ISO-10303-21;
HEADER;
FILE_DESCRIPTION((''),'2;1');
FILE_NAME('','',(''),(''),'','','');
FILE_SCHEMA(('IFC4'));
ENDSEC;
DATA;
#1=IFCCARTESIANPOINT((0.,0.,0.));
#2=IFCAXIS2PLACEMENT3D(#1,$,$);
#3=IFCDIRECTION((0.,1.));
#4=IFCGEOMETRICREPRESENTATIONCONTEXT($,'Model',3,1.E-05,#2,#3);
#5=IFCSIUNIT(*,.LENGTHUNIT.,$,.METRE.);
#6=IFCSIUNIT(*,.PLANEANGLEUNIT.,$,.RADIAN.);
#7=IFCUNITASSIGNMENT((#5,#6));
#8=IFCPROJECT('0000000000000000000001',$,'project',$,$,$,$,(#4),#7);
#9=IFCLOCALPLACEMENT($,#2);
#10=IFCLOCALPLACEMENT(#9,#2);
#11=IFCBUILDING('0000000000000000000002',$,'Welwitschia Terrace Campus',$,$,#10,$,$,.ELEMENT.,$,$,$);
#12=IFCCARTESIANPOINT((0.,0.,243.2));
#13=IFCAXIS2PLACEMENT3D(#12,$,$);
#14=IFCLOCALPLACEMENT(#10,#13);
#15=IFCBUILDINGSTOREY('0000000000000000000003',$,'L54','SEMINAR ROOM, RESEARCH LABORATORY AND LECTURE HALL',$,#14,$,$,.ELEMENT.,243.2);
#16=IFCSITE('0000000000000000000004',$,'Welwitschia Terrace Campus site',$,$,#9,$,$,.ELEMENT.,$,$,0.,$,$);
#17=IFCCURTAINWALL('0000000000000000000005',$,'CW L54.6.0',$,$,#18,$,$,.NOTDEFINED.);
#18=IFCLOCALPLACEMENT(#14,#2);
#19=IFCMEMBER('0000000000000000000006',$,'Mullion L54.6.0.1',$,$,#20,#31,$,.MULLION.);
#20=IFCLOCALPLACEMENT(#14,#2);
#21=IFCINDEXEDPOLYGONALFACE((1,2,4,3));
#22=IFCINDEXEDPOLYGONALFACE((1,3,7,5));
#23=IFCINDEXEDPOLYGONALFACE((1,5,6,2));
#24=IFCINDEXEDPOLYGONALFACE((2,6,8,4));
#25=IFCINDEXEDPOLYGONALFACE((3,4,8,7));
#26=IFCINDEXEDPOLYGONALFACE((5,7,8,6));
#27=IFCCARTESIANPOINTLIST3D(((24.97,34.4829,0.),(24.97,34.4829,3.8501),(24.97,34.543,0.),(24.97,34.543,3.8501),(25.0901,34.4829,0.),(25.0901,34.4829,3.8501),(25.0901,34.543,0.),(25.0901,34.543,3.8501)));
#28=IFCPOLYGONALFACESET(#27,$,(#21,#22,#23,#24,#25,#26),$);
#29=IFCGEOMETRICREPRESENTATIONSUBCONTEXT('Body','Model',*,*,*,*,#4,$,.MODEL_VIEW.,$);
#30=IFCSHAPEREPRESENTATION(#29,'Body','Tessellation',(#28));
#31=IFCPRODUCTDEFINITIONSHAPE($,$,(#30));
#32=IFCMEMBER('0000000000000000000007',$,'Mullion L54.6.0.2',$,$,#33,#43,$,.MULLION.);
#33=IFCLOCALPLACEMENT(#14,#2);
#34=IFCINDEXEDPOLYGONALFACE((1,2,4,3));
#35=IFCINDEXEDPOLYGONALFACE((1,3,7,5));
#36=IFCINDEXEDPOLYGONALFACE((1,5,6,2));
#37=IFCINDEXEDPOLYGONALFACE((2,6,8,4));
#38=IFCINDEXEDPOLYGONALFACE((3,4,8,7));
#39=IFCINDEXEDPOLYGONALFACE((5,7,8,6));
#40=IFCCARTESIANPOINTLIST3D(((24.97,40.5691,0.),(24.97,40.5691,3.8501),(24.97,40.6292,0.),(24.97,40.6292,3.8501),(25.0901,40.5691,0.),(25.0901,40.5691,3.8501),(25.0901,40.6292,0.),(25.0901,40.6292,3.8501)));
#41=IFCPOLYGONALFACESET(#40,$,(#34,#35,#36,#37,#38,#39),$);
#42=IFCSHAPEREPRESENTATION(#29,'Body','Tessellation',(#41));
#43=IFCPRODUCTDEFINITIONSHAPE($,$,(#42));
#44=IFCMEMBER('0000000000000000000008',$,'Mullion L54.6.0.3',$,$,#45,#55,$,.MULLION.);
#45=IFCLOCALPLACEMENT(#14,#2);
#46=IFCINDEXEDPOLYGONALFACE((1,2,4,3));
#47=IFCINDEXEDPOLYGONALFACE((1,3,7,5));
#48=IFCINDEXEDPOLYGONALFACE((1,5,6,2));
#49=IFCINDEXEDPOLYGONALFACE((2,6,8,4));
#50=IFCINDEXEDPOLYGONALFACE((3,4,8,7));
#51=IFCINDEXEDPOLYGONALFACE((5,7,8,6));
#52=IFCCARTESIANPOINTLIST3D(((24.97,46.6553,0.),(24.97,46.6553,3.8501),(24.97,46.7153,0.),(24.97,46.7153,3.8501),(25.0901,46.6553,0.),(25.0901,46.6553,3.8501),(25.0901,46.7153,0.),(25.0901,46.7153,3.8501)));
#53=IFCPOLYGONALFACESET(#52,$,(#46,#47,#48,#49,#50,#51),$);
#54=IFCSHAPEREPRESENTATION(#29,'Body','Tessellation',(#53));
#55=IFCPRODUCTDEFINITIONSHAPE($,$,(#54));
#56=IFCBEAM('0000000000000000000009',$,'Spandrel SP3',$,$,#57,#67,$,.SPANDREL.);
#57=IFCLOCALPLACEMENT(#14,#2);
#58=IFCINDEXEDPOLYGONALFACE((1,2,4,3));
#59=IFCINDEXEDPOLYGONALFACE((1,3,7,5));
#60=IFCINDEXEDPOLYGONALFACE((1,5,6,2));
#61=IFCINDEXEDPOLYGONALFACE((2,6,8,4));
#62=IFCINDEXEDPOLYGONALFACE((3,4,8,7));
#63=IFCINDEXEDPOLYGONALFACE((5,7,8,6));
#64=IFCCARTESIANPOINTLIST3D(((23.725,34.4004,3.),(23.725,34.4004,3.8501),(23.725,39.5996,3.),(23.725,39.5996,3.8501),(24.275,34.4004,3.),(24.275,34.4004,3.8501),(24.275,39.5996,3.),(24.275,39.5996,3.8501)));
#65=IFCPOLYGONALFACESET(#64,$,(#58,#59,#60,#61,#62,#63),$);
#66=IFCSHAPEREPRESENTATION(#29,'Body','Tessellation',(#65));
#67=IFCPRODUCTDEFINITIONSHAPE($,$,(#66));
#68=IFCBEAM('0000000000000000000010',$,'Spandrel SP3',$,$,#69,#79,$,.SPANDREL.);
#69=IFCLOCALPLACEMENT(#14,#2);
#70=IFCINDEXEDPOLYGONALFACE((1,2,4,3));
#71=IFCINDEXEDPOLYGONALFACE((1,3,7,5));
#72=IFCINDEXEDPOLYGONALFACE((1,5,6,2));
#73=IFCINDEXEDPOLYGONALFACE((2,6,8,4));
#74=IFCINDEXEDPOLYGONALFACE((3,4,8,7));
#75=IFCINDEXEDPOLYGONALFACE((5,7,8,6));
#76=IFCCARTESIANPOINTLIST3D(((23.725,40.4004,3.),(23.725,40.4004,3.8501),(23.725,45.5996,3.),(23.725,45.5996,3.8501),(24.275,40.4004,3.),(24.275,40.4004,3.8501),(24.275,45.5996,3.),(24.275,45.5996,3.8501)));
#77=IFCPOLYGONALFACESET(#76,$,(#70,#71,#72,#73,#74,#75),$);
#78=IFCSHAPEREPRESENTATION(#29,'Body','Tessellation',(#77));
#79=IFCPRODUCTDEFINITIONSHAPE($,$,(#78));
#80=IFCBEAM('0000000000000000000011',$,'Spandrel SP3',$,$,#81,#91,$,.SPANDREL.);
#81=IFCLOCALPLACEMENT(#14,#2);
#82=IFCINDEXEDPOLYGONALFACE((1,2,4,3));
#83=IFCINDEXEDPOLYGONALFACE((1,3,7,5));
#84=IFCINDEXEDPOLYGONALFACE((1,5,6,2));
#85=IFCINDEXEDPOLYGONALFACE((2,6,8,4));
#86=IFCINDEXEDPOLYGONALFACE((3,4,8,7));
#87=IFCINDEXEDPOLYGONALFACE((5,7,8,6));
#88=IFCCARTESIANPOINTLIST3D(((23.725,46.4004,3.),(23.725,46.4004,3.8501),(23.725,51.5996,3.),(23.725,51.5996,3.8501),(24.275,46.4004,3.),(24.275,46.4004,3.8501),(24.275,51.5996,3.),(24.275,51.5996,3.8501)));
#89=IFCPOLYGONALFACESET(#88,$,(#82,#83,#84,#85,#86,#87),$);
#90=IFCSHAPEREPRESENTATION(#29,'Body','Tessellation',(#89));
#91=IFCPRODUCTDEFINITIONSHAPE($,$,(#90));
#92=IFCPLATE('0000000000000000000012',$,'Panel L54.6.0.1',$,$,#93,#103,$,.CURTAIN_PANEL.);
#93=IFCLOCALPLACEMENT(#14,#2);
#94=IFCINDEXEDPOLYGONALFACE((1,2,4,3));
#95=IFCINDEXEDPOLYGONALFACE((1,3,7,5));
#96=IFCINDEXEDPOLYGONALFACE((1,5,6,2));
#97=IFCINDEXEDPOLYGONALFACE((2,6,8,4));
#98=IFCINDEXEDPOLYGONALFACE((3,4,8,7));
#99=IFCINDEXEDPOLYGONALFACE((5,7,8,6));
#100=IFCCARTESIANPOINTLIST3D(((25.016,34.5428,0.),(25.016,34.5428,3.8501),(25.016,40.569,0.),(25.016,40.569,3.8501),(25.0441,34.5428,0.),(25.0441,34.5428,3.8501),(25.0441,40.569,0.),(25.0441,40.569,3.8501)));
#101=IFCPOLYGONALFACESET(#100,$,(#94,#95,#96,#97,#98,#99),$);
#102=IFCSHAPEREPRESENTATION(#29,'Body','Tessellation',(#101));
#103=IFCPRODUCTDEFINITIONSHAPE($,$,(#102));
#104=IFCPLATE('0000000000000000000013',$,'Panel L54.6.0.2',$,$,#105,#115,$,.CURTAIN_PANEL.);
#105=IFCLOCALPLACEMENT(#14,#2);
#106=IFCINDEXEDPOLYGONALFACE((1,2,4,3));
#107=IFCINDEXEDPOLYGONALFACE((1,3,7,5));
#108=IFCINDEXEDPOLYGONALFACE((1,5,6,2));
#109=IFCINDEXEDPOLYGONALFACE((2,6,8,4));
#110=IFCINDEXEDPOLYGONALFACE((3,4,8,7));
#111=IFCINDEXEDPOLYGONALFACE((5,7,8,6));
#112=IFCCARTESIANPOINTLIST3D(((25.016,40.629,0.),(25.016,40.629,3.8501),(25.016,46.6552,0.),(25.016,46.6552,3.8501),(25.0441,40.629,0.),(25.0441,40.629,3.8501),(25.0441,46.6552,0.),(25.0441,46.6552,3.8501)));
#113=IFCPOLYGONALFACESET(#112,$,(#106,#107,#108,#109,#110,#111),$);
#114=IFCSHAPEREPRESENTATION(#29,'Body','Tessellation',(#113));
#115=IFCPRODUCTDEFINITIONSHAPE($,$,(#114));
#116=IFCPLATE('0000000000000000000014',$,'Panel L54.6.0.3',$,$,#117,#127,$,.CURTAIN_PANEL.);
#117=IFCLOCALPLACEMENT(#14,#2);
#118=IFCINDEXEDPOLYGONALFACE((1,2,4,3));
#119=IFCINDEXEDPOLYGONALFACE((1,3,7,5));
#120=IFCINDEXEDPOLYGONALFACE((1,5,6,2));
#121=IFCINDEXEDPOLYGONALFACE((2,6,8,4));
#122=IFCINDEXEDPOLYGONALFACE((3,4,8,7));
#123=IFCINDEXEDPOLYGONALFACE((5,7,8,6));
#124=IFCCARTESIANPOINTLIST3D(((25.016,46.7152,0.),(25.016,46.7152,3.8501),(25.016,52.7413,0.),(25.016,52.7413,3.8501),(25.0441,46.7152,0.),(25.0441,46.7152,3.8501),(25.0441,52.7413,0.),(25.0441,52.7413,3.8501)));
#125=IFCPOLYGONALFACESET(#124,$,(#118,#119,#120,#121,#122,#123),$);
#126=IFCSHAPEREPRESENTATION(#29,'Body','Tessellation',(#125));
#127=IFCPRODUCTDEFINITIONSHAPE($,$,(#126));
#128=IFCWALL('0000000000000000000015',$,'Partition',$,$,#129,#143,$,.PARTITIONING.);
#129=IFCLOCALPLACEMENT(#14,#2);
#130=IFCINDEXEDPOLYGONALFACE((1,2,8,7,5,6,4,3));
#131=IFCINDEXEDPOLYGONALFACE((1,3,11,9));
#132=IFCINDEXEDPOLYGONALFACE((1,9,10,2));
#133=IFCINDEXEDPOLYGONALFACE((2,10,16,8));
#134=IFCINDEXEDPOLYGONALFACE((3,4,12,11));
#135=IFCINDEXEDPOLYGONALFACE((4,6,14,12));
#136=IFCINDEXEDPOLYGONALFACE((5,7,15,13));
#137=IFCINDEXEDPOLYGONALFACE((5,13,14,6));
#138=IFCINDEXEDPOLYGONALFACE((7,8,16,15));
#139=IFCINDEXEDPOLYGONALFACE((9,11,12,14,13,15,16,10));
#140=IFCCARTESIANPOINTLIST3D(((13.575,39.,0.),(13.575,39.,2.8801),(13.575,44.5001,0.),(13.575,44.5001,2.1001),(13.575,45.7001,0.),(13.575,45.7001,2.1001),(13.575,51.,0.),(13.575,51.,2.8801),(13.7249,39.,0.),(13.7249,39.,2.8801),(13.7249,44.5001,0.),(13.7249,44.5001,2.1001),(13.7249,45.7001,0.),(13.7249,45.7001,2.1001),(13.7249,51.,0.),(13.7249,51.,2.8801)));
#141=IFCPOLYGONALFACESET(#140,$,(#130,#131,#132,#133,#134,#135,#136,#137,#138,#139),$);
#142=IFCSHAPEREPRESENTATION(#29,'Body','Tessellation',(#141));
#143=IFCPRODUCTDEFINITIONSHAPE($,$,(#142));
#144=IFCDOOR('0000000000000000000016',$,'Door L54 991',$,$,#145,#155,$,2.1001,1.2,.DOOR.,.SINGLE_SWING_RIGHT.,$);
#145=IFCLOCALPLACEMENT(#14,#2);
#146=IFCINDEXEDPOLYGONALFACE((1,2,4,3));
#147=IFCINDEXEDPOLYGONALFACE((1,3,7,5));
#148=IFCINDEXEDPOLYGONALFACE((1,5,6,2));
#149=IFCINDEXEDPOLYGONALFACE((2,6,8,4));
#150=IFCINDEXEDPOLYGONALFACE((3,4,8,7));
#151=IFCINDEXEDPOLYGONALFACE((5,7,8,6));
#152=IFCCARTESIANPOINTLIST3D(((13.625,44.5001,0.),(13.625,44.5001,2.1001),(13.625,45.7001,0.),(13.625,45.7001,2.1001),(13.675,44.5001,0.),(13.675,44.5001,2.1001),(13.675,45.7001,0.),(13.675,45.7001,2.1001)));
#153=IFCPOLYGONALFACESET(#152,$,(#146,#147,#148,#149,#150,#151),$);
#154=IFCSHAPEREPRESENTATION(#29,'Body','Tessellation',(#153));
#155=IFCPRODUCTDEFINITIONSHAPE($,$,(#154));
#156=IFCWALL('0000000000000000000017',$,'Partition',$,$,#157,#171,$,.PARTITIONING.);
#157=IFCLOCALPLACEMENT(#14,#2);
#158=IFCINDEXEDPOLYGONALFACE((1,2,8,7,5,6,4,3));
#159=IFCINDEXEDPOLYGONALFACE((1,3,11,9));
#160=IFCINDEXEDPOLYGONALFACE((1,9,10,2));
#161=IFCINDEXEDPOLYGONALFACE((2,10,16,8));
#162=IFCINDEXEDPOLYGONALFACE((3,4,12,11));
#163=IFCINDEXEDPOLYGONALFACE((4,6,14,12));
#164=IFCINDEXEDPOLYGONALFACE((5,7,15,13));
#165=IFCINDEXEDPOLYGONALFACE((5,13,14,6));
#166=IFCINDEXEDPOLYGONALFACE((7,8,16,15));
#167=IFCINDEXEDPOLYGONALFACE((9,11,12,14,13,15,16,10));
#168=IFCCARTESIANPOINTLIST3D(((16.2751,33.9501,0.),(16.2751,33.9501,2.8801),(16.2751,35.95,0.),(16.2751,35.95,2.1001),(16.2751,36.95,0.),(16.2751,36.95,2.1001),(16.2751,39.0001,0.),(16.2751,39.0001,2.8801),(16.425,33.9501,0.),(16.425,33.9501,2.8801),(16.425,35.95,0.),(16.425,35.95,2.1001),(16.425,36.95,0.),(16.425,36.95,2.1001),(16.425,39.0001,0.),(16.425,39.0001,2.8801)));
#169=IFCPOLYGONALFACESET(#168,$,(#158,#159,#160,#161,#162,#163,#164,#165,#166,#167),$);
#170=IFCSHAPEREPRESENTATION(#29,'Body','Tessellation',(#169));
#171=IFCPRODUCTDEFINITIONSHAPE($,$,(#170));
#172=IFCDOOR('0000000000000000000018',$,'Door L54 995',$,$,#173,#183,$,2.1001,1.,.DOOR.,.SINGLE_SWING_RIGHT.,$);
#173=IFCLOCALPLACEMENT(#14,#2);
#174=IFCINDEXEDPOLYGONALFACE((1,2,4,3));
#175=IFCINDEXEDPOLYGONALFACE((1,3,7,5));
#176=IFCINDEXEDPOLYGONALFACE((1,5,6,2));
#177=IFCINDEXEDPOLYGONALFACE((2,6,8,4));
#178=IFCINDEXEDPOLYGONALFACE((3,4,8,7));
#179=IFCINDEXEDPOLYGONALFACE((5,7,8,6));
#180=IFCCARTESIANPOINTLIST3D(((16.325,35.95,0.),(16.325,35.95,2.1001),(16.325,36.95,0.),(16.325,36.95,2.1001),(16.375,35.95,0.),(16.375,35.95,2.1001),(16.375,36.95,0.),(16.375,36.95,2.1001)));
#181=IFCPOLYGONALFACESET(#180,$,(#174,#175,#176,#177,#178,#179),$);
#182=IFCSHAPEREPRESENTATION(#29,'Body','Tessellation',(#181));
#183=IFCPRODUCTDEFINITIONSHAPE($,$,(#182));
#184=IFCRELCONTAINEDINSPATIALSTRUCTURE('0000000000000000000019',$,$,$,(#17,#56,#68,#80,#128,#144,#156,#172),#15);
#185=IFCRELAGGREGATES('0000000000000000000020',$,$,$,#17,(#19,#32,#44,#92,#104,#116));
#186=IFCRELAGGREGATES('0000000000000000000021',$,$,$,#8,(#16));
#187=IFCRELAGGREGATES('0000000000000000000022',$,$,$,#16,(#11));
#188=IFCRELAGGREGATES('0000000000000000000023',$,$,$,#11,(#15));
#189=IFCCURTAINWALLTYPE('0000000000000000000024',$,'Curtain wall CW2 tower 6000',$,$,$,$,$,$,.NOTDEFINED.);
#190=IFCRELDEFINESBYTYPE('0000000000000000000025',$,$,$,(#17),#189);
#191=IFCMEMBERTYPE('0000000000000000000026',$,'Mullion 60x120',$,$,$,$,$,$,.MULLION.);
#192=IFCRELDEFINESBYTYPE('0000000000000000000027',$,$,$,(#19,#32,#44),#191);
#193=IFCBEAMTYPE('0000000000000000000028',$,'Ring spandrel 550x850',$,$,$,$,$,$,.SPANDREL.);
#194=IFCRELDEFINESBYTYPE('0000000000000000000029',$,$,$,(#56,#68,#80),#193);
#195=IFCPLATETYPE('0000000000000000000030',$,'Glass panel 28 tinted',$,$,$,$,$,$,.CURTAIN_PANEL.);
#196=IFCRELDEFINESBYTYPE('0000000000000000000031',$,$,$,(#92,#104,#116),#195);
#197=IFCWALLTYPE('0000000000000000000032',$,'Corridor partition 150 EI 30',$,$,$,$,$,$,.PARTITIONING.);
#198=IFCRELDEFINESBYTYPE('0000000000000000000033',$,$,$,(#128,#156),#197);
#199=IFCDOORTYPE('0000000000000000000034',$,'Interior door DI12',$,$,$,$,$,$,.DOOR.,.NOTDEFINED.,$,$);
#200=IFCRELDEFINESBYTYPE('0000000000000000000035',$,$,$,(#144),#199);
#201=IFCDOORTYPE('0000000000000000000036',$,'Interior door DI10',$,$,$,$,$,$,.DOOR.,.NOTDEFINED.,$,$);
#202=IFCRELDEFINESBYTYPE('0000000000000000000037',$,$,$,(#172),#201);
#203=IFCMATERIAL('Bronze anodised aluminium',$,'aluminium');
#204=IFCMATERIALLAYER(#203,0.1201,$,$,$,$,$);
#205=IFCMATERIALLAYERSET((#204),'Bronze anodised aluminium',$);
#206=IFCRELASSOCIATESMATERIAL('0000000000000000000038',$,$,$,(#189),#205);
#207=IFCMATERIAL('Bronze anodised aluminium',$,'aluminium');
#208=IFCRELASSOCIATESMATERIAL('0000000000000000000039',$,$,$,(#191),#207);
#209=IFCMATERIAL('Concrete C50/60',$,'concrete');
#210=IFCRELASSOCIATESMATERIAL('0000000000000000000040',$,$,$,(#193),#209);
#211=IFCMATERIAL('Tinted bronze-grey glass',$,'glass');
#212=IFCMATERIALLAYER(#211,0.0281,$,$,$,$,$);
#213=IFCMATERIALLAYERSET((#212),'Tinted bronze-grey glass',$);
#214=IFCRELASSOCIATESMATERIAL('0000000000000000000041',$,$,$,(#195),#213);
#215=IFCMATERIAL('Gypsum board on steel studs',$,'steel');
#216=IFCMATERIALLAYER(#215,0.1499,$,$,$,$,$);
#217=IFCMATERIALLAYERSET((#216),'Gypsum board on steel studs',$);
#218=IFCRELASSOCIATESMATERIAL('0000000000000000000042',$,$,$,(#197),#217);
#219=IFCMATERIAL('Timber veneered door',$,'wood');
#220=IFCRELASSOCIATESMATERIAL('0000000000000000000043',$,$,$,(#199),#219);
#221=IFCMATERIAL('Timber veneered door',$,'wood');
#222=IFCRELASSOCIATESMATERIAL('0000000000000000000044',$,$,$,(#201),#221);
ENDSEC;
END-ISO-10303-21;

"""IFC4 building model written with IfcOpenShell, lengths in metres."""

from ifc_helpers import new_model, si_unit, direction, frame, frame_2d, origin, origin_2d, place, context, subcontext, project, spatial, rectangle, extrude, material, layer, layer_set, material_profile, profile_set, type_object, element, fill, aggregate, save


model = new_model("IFC4")

# Units and contexts
model_context = context("Model", 3, precision=1e-05, world=origin(), true_north=direction((0.0, 1.0)))
body_context = subcontext(model_context, "Body", "Model", "MODEL_VIEW")
ifc_project = project(units=[si_unit("LENGTHUNIT", "METRE"), si_unit("PLANEANGLEUNIT", "RADIAN")], contexts=[model_context])

# Site, building, storey
site_placement = place(None, origin())
site = spatial("IfcSite", under=ifc_project, at=site_placement, Name="Welwitschia Terrace Campus site", CompositionType="ELEMENT", RefElevation=0.0)
building_placement = place(site_placement, origin())
building = spatial("IfcBuilding", under=site, at=building_placement, Name="Welwitschia Terrace Campus", CompositionType="ELEMENT")
storey_placement = place(building_placement, frame((0.0, 0.0, 243.2)))
storey = spatial("IfcBuildingStorey", under=building, at=storey_placement, Name="L54", Description="SEMINAR ROOM, RESEARCH LABORATORY AND LECTURE HALL", CompositionType="ELEMENT", Elevation=243.2)

# Curtain wall, members
ifc_material_1 = material(Name="Bronze anodised aluminium", Category="aluminium")
ifc_layer_1 = layer(ifc_material_1, 0.1201)
ifc_layer_set_1 = layer_set([ifc_layer_1], Name="Bronze anodised aluminium")
curtain_wall_type = type_object("IfcCurtainWallType", Name="Curtain wall CW2 tower 6000", PredefinedType="NOTDEFINED", material=ifc_layer_set_1)
curtain_wall_placement = place(storey_placement, origin())
curtain_wall = element("IfcCurtainWall", 1, at=curtain_wall_placement, inside=storey, type_object=curtain_wall_type, Name="CW L54.6.0", PredefinedType="NOTDEFINED")
ifc_material_2 = material(Name="Bronze anodised aluminium", Category="aluminium")
ifc_material_profile_1 = material_profile(ifc_material_2, rectangle(XDim=0.1201, YDim=0.0601, at=origin_2d()))
ifc_profile_set_1 = profile_set([ifc_material_profile_1], Name="Bronze anodised aluminium")
member_type = type_object("IfcMemberType", Name="Mullion 60x120", PredefinedType="MULLION", material=ifc_profile_set_1)
member_1_placement = place(storey_placement, frame((25.03, 34.5129, 0.0), z_axis=(0.0, 0.0, 1.0), x_axis=(-1.0, 0.0, 0.0)))
member_1 = element("IfcMember", 2, at=member_1_placement, type_object=member_type, Name="Mullion L54.6.0.1", PredefinedType="MULLION", context=body_context, shape_type="SweptSolid", body=[
    extrude(rectangle(XDim=0.1201, YDim=0.0601, at=origin_2d()), origin(), (0.0, 0.0, 1.0), 3.8501),
])
member_2_placement = place(storey_placement, frame((25.03, 40.5991, 0.0), z_axis=(0.0, 0.0, 1.0), x_axis=(-1.0, 0.0, 0.0)))
member_2 = element("IfcMember", 3, at=member_2_placement, type_object=member_type, Name="Mullion L54.6.0.2", PredefinedType="MULLION", context=body_context, shape_type="SweptSolid", body=[
    extrude(rectangle(XDim=0.1201, YDim=0.0601, at=origin_2d()), origin(), (0.0, 0.0, 1.0), 3.8501),
])
member_3_placement = place(storey_placement, frame((25.03, 46.6853, 0.0), z_axis=(0.0, 0.0, 1.0), x_axis=(-1.0, 0.0, 0.0)))
member_3 = element("IfcMember", 4, at=member_3_placement, type_object=member_type, Name="Mullion L54.6.0.3", PredefinedType="MULLION", context=body_context, shape_type="SweptSolid", body=[
    extrude(rectangle(XDim=0.1201, YDim=0.0601, at=origin_2d()), origin(), (0.0, 0.0, 1.0), 3.8501),
])

# Beams
ifc_material_3 = material(Name="Concrete C50/60", Category="concrete")
ifc_material_profile_2 = material_profile(ifc_material_3, rectangle(XDim=0.55, YDim=0.8501, at=origin_2d()))
ifc_profile_set_2 = profile_set([ifc_material_profile_2], Name="Concrete C50/60")
beam_type_1 = type_object("IfcBeamType", Name="Ring spandrel 550x850", PredefinedType="SPANDREL", material=ifc_profile_set_2)
for number, where, z_axis, x_axis, name in (
    (5, (24.0, 34.4004, 3.425), (0.0, 1.0, 0.0), (-1.0, 0.0, 0.0), "Spandrel SP3"),
    (6, (24.0, 40.4004, 3.425), (0.0, 1.0, 0.0), (-1.0, 0.0, 0.0), "Spandrel SP3"),
    (7, (24.0, 46.4004, 3.425), (0.0, 1.0, 0.0), (-1.0, 0.0, 0.0), "Spandrel SP3"),
):
    element("IfcBeam", number, at=place(storey_placement, frame(where, z_axis=z_axis, x_axis=x_axis)), inside=storey, type_object=beam_type_1, Name=name, PredefinedType="SPANDREL", context=body_context, shape_type="SweptSolid", body=[
        extrude(rectangle(XDim=0.55, YDim=0.8501, at=origin_2d()), origin(), (0.0, 0.0, 1.0), 5.1992),
    ])

# Plates
ifc_material_4 = material(Name="Tinted bronze-grey glass", Category="glass")
ifc_layer_2 = layer(ifc_material_4, 0.0281)
ifc_layer_set_2 = layer_set([ifc_layer_2], Name="Tinted bronze-grey glass")
plate_type = type_object("IfcPlateType", Name="Glass panel 28 tinted", PredefinedType="CURTAIN_PANEL", material=ifc_layer_set_2)
plate_1_placement = place(storey_placement, frame((25.03, 37.5559, 0.0), z_axis=(0.0, 0.0, 1.0), x_axis=(0.0, 1.0, 0.0)))
plate_1 = element("IfcPlate", 8, at=plate_1_placement, type_object=plate_type, Name="Panel L54.6.0.1", PredefinedType="CURTAIN_PANEL", context=body_context, shape_type="SweptSolid", body=[
    extrude(rectangle(XDim=6.0261, YDim=0.0281, at=origin_2d()), origin(), (0.0, 0.0, 1.0), 3.8501),
])
plate_2_placement = place(storey_placement, frame((25.03, 43.6421, 0.0), z_axis=(0.0, 0.0, 1.0), x_axis=(0.0, 1.0, 0.0)))
plate_2 = element("IfcPlate", 9, at=plate_2_placement, type_object=plate_type, Name="Panel L54.6.0.2", PredefinedType="CURTAIN_PANEL", context=body_context, shape_type="SweptSolid", body=[
    extrude(rectangle(XDim=6.0261, YDim=0.0281, at=origin_2d()), origin(), (0.0, 0.0, 1.0), 3.8501),
])
plate_3_placement = place(storey_placement, frame((25.03, 49.7283, 0.0), z_axis=(0.0, 0.0, 1.0), x_axis=(0.0, 1.0, 0.0)))
plate_3 = element("IfcPlate", 10, at=plate_3_placement, type_object=plate_type, Name="Panel L54.6.0.3", PredefinedType="CURTAIN_PANEL", context=body_context, shape_type="SweptSolid", body=[
    extrude(rectangle(XDim=6.0261, YDim=0.0281, at=origin_2d()), origin(), (0.0, 0.0, 1.0), 3.8501),
])
aggregate(curtain_wall, [member_1, member_2, member_3, plate_1, plate_2, plate_3])

# Walls, openings, doors
ifc_material_5 = material(Name="Gypsum board on steel studs", Category="steel")
ifc_layer_3 = layer(ifc_material_5, 0.1499)
ifc_layer_set_3 = layer_set([ifc_layer_3], Name="Gypsum board on steel studs")
wall_type = type_object("IfcWallType", Name="Corridor partition 150 EI 30", PredefinedType="PARTITIONING", material=ifc_layer_set_3)
wall_1_placement = place(storey_placement, frame((13.6499, 39.0, 0.0), z_axis=(0.0, 0.0, 1.0), x_axis=(0.0, 1.0, 0.0)))
wall_1 = element("IfcWall", 11, at=wall_1_placement, inside=storey, type_object=wall_type, Name="Partition", PredefinedType="PARTITIONING", context=body_context, shape_type="SweptSolid", body=[
    extrude(rectangle(XDim=12.0, YDim=0.1499, at=frame_2d((6.0, 0.0))), origin(), (0.0, 0.0, 1.0), 2.8801),
])
opening_1_placement = place(wall_1_placement, frame((5.5, 0.0, 0.0)))
opening_1 = element("IfcOpeningElement", 12, at=opening_1_placement, cuts=wall_1, PredefinedType="OPENING", context=body_context, shape_type="SweptSolid", body=[
    extrude(rectangle(XDim=1.2, YDim=2.1001, at=frame_2d((0.6001, 1.05))), frame((0.0, 0.085, 0.0), z_axis=(0.0, -1.0, 0.0), x_axis=(1.0, 0.0, 0.0)), (0.0, 0.0, 1.0), 0.1699),
])
ifc_material_6 = material(Name="Timber veneered door", Category="wood")
door_type_1 = type_object("IfcDoorType", Name="Interior door DI12", OperationType="NOTDEFINED", PredefinedType="DOOR", material=ifc_material_6)
door_1_placement = place(opening_1_placement, origin())
door_1 = element("IfcDoor", 13, at=door_1_placement, inside=storey, type_object=door_type_1, Name="Door L54 991", OperationType="SINGLE_SWING_RIGHT", OverallHeight=2.1001, OverallWidth=1.2, PredefinedType="DOOR", context=body_context, shape_type="SweptSolid", body=[
    extrude(rectangle(XDim=1.2, YDim=2.1001, at=frame_2d((0.6001, 1.05))), frame((0.0, 0.0249, 0.0), z_axis=(0.0, -1.0, 0.0), x_axis=(1.0, 0.0, 0.0)), (0.0, 0.0, 1.0), 0.05),
])
fill(opening_1, door_1)
wall_2_placement = place(storey_placement, frame((16.3501, 39.0, 0.0), z_axis=(0.0, 0.0, 1.0), x_axis=(0.0, -1.0, 0.0)))
wall_2 = element("IfcWall", 14, at=wall_2_placement, inside=storey, type_object=wall_type, Name="Partition", PredefinedType="PARTITIONING", context=body_context, shape_type="SweptSolid", body=[
    extrude(rectangle(XDim=5.05, YDim=0.1499, at=frame_2d((2.5249, 0.0))), origin(), (0.0, 0.0, 1.0), 2.8801),
])
opening_2_placement = place(wall_2_placement, frame((2.05, 0.0, 0.0)))
opening_2 = element("IfcOpeningElement", 15, at=opening_2_placement, cuts=wall_2, PredefinedType="OPENING", context=body_context, shape_type="SweptSolid", body=[
    extrude(rectangle(XDim=1.0, YDim=2.1001, at=frame_2d((0.5, 1.05))), frame((0.0, 0.085, 0.0), z_axis=(0.0, -1.0, 0.0), x_axis=(1.0, 0.0, 0.0)), (0.0, 0.0, 1.0), 0.1699),
])
ifc_material_7 = material(Name="Timber veneered door", Category="wood")
door_type_2 = type_object("IfcDoorType", Name="Interior door DI10", OperationType="NOTDEFINED", PredefinedType="DOOR", material=ifc_material_7)
door_2_placement = place(opening_2_placement, origin())
door_2 = element("IfcDoor", 16, at=door_2_placement, inside=storey, type_object=door_type_2, Name="Door L54 995", OperationType="SINGLE_SWING_RIGHT", OverallHeight=2.1001, OverallWidth=1.0, PredefinedType="DOOR", context=body_context, shape_type="SweptSolid", body=[
    extrude(rectangle(XDim=1.0, YDim=2.1001, at=frame_2d((0.5, 1.05))), frame((0.0, 0.0249, 0.0), z_axis=(0.0, -1.0, 0.0), x_axis=(1.0, 0.0, 0.0)), (0.0, 0.0, 1.0), 0.05),
])
fill(opening_2, door_2)

save(model, "model.ifc")
